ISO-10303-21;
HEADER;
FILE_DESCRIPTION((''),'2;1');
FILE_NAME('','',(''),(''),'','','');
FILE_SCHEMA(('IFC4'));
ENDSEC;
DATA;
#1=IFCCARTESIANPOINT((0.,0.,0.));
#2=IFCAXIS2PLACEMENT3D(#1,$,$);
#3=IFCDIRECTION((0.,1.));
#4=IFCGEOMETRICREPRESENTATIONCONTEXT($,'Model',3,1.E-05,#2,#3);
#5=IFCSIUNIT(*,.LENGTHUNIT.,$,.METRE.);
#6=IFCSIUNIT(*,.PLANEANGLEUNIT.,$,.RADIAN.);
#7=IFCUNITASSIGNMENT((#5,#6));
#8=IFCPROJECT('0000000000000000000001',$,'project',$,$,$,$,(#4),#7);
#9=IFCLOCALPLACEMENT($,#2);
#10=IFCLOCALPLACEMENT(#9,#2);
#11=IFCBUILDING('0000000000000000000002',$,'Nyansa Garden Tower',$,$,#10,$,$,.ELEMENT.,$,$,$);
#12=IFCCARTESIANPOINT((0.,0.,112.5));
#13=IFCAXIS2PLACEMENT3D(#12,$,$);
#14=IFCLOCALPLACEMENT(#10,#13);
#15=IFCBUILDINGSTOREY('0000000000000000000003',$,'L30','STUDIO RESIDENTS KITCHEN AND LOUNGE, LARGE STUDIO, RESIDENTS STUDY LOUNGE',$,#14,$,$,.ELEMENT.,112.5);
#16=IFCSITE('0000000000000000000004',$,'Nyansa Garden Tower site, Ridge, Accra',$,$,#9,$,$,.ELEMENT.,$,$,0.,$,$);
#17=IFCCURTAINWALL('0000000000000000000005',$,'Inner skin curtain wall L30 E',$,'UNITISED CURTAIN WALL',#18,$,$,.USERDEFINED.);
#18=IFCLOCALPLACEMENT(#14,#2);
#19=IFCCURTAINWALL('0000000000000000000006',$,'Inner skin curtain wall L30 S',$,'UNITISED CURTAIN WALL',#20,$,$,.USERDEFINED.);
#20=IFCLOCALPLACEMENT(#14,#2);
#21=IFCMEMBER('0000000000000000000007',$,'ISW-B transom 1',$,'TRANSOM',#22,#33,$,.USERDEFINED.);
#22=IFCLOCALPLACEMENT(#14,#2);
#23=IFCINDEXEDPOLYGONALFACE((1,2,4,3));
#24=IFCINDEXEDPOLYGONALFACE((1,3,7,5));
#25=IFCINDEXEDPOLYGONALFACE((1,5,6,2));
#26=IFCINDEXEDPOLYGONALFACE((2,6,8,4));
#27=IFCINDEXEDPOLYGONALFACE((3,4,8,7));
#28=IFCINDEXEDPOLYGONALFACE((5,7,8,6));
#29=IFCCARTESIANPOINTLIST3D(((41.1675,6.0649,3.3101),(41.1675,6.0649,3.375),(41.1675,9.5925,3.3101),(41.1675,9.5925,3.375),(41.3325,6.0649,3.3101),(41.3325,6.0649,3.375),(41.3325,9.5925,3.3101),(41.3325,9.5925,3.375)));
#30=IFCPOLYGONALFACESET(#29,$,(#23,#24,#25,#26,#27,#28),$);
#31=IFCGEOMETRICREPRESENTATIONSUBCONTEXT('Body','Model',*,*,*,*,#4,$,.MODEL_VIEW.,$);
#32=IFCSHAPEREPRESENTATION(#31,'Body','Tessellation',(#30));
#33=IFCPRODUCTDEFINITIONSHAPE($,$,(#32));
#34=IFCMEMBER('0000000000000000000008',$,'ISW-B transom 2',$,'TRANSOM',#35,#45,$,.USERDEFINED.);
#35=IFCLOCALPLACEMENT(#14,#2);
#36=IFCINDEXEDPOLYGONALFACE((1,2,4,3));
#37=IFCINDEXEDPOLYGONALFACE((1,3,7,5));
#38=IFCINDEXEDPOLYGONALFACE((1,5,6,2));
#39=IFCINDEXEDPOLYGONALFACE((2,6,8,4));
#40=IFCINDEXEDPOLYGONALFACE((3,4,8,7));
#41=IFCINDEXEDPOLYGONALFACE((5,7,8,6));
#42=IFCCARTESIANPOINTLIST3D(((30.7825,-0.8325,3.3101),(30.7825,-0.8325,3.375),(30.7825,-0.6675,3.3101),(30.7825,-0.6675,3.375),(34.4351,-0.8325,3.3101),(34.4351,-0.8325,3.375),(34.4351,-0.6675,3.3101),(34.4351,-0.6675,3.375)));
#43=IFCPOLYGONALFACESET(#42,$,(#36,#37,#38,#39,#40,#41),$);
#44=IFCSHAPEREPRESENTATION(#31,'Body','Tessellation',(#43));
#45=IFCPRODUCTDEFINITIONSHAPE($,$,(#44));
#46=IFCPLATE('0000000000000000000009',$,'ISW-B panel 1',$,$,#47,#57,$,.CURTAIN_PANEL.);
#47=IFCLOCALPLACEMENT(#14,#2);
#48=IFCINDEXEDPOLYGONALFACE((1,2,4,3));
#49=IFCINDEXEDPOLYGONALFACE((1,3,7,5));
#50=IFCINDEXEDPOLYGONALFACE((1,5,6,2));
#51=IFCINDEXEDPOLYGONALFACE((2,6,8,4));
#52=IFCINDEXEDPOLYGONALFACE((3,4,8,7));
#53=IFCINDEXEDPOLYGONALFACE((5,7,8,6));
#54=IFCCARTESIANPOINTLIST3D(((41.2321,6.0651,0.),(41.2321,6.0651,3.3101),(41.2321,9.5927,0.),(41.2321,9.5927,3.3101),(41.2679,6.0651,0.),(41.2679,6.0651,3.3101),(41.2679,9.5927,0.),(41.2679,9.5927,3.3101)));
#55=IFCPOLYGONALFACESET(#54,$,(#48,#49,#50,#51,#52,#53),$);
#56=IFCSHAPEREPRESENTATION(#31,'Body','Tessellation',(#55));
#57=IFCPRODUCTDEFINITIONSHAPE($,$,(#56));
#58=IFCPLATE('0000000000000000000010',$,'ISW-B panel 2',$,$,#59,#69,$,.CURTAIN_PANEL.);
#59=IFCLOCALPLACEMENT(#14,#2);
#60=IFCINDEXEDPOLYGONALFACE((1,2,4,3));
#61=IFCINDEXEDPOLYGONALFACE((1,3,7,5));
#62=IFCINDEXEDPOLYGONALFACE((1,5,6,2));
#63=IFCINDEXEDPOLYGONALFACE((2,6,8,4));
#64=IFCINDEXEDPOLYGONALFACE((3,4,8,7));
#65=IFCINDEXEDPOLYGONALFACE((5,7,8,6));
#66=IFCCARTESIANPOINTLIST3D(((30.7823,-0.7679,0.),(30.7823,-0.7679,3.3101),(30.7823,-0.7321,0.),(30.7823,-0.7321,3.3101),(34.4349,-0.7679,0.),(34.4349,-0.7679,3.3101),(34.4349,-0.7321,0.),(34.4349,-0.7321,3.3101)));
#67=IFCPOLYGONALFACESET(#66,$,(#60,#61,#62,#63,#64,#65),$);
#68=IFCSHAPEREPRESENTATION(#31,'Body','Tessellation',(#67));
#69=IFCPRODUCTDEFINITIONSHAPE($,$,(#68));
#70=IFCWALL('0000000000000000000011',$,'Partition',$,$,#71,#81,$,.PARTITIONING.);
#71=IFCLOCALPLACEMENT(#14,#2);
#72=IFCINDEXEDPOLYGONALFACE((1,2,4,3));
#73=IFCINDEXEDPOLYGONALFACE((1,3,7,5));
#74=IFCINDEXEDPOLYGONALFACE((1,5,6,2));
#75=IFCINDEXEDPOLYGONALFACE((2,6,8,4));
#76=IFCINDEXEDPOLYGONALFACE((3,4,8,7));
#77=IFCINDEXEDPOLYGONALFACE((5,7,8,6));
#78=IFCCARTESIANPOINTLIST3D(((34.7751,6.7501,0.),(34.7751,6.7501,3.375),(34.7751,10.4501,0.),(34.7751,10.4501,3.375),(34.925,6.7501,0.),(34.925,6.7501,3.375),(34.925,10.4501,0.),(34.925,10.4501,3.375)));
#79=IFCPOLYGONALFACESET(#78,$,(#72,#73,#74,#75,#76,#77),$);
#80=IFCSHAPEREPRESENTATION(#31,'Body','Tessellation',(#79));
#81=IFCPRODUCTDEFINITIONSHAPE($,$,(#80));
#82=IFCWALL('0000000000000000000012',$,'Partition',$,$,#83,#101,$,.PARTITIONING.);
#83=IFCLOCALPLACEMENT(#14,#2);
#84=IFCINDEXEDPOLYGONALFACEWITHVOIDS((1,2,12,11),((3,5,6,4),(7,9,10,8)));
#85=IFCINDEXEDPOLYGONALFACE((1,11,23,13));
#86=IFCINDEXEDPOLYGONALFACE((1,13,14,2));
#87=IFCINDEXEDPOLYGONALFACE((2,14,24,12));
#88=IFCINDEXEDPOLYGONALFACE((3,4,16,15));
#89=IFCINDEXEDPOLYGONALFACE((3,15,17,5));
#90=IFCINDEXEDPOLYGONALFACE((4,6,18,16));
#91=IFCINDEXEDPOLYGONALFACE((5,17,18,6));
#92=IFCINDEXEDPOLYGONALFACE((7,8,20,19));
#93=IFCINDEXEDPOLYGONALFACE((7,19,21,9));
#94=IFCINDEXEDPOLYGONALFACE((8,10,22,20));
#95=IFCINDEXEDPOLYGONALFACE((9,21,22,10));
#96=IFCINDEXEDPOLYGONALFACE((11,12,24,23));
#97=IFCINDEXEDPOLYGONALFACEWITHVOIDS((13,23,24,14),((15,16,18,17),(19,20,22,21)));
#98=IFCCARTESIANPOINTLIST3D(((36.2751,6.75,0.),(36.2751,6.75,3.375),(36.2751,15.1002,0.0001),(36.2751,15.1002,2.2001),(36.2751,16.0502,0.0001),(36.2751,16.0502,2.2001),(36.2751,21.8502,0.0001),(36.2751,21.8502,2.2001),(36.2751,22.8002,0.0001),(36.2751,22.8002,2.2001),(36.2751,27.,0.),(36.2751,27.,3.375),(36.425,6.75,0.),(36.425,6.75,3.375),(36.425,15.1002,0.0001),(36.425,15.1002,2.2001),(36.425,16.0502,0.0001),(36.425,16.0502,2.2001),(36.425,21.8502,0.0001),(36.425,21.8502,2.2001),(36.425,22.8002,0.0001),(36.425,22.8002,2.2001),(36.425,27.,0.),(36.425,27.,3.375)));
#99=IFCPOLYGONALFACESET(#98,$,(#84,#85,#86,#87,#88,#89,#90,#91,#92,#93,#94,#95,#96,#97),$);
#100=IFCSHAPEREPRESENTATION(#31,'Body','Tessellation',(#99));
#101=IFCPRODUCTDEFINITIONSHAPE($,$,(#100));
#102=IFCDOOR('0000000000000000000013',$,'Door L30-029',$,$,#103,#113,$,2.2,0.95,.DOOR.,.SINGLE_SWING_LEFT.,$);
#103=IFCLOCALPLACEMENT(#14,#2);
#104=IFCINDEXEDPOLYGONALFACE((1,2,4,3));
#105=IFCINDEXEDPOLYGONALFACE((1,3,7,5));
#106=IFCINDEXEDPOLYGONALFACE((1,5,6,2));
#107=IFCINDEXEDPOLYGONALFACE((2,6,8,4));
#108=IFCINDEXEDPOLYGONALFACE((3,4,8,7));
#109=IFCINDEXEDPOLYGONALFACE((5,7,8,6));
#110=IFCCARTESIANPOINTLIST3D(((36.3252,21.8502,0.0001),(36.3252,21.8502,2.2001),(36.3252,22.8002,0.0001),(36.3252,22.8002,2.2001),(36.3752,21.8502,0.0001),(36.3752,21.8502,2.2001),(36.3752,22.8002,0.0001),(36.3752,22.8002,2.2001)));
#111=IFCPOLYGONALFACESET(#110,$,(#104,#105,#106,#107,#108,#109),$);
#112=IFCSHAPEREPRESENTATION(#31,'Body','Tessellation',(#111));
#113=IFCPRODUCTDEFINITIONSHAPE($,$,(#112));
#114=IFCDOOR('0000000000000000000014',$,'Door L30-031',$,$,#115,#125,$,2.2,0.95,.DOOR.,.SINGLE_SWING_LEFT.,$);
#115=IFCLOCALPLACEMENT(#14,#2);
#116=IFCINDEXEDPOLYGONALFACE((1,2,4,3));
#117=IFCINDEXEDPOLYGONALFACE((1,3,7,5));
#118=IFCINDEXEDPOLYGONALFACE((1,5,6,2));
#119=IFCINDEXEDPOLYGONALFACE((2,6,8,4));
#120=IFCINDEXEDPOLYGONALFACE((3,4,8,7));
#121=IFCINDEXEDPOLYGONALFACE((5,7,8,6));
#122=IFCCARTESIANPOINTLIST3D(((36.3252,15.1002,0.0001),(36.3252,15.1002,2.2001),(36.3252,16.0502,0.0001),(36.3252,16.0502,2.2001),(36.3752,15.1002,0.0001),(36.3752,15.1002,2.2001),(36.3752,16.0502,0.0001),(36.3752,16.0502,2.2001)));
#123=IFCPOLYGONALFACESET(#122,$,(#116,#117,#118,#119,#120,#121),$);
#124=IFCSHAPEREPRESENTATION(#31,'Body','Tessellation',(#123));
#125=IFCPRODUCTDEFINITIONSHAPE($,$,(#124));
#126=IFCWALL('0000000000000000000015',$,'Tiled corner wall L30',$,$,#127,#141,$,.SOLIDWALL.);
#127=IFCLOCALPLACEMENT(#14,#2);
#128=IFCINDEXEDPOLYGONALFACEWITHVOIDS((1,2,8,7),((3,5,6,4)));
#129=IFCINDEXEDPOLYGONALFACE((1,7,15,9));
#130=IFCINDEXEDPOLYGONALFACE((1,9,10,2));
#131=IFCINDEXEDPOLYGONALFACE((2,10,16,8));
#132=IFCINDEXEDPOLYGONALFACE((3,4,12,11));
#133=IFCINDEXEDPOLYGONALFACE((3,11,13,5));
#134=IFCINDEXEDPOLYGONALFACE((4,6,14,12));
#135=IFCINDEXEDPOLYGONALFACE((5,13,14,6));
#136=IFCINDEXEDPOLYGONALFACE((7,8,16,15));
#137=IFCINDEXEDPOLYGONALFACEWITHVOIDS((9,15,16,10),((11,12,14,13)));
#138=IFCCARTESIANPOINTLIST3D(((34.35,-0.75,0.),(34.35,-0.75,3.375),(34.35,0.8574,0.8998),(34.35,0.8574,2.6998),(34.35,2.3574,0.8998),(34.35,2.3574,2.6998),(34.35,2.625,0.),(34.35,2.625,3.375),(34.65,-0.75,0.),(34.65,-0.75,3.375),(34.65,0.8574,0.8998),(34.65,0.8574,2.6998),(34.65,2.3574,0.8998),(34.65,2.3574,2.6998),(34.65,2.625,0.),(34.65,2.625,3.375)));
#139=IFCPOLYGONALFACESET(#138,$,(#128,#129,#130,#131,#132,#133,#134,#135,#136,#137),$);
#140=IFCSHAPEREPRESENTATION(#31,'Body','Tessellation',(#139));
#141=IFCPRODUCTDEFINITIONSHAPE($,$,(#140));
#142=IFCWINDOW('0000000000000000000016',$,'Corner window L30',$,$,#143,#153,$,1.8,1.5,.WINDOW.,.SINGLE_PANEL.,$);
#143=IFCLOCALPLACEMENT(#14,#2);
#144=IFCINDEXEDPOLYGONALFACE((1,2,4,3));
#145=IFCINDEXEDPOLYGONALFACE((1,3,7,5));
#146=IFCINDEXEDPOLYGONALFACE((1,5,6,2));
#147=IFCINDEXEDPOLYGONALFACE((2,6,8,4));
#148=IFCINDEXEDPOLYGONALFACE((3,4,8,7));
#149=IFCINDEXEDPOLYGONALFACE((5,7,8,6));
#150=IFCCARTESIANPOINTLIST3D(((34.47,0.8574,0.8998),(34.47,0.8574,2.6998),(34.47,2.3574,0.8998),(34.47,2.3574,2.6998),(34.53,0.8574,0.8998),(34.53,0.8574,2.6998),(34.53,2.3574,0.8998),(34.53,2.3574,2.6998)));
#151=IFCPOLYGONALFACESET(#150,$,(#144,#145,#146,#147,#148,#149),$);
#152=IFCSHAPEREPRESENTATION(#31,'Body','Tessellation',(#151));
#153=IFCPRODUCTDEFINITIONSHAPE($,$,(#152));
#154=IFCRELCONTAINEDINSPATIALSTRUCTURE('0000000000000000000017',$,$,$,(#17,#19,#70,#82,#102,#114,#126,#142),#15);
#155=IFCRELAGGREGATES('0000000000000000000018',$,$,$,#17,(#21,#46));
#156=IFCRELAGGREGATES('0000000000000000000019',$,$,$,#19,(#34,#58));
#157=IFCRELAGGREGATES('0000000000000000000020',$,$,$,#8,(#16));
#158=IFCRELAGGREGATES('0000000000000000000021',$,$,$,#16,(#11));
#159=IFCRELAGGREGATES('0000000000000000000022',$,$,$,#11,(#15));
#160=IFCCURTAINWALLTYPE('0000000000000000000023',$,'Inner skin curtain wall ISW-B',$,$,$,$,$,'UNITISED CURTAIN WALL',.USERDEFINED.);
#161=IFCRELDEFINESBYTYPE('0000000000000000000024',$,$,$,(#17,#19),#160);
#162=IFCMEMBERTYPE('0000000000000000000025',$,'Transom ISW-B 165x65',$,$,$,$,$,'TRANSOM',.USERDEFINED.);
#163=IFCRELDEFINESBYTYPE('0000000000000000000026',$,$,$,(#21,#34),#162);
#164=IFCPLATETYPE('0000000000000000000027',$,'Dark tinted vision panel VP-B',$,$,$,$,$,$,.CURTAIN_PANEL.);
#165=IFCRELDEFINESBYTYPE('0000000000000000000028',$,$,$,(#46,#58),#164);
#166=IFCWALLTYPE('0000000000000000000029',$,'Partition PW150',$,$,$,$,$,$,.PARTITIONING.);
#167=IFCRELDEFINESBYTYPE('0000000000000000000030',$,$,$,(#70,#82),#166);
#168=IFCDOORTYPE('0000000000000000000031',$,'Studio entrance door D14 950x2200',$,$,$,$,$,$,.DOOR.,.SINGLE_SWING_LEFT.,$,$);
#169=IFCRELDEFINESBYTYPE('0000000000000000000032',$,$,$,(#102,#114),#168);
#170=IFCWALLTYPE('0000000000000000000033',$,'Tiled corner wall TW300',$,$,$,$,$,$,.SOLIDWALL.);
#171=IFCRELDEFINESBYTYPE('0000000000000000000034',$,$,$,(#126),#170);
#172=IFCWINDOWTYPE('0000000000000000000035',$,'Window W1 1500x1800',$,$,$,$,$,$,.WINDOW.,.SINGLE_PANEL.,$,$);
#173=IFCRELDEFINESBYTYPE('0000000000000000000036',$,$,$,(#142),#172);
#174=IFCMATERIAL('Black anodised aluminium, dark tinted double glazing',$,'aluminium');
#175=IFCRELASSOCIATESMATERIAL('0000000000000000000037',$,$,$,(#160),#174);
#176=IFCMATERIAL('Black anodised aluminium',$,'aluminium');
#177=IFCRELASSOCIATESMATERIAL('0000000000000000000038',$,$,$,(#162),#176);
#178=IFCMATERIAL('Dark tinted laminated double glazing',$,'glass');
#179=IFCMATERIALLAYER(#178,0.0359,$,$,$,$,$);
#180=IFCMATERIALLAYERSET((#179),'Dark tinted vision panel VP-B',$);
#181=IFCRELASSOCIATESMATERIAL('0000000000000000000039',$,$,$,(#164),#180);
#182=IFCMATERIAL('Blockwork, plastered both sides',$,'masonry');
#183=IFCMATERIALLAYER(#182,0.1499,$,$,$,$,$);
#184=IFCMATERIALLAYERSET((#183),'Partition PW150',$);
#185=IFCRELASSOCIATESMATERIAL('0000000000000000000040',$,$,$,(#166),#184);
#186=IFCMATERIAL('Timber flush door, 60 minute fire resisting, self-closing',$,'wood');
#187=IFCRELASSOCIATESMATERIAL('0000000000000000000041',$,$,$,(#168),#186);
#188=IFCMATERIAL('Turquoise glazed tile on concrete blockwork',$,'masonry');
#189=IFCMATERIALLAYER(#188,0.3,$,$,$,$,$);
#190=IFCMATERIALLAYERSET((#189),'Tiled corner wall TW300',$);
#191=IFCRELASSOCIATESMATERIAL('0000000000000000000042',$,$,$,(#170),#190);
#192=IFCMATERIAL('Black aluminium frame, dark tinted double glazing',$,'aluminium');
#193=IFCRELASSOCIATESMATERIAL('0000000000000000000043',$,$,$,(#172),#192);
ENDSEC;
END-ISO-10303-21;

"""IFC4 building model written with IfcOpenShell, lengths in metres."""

from ifc_helpers import new_model, si_unit, direction, frame, frame_2d, origin, origin_2d, place, context, subcontext, project, spatial, rectangle, extrude, material, layer, layer_set, material_profile, profile_set, type_object, element, fill, aggregate, save


model = new_model("IFC4")

# Units and contexts
model_context = context("Model", 3, precision=1e-05, world=origin(), true_north=direction((0.0, 1.0)))
body_context = subcontext(model_context, "Body", "Model", "MODEL_VIEW")
ifc_project = project(units=[si_unit("LENGTHUNIT", "METRE"), si_unit("PLANEANGLEUNIT", "RADIAN")], contexts=[model_context])

# Site, building, storey
site_placement = place(None, origin())
site = spatial("IfcSite", under=ifc_project, at=site_placement, Name="Nyansa Garden Tower site, Ridge, Accra", CompositionType="ELEMENT", RefElevation=0.0)
building_placement = place(site_placement, origin())
building = spatial("IfcBuilding", under=site, at=building_placement, Name="Nyansa Garden Tower", CompositionType="ELEMENT")
storey_placement = place(building_placement, frame((0.0, 0.0, 112.5)))
storey = spatial("IfcBuildingStorey", under=building, at=storey_placement, Name="L30", Description="STUDIO RESIDENTS KITCHEN AND LOUNGE, LARGE STUDIO, RESIDENTS STUDY LOUNGE", CompositionType="ELEMENT", Elevation=112.5)

# Curtain walls
ifc_material_1 = material(Name="Black anodised aluminium, dark tinted double glazing", Category="aluminium")
curtain_wall_type = type_object("IfcCurtainWallType", Name="Inner skin curtain wall ISW-B", ElementType="UNITISED CURTAIN WALL", PredefinedType="USERDEFINED", material=ifc_material_1)
curtain_wall_1_placement = place(storey_placement, origin())
curtain_wall_1 = element("IfcCurtainWall", 1, at=curtain_wall_1_placement, inside=storey, type_object=curtain_wall_type, Name="Inner skin curtain wall L30 E", ObjectType="UNITISED CURTAIN WALL", PredefinedType="USERDEFINED")
curtain_wall_2_placement = place(storey_placement, origin())
curtain_wall_2 = element("IfcCurtainWall", 2, at=curtain_wall_2_placement, inside=storey, type_object=curtain_wall_type, Name="Inner skin curtain wall L30 S", ObjectType="UNITISED CURTAIN WALL", PredefinedType="USERDEFINED")

# Members
ifc_material_2 = material(Name="Black anodised aluminium", Category="aluminium")
ifc_material_profile_1 = material_profile(ifc_material_2, rectangle(XDim=0.165, YDim=0.0649, at=origin_2d()), Name="Transom 165x65")
ifc_profile_set_1 = profile_set([ifc_material_profile_1], Name="Black anodised aluminium")
member_type_1 = type_object("IfcMemberType", Name="Transom ISW-B 165x65", ElementType="TRANSOM", PredefinedType="USERDEFINED", material=ifc_profile_set_1)
member_1_placement = place(storey_placement, frame((41.25, 6.0649, 3.3425), z_axis=(0.0, 1.0, 0.0), x_axis=(-1.0, 0.0, 0.0)))
member_1 = element("IfcMember", 3, at=member_1_placement, type_object=member_type_1, Name="ISW-B transom 1", ObjectType="TRANSOM", PredefinedType="USERDEFINED", context=body_context, shape_type="SweptSolid", body=[
    extrude(rectangle(XDim=0.165, YDim=0.0649, at=origin_2d()), origin(), (0.0, 0.0, 1.0), 3.5276),
])
member_2_placement = place(storey_placement, frame((30.7825, -0.75, 3.3425), z_axis=(1.0, 0.0, 0.0), x_axis=(0.0, 1.0, 0.0)))
member_2 = element("IfcMember", 4, at=member_2_placement, type_object=member_type_1, Name="ISW-B transom 2", ObjectType="TRANSOM", PredefinedType="USERDEFINED", context=body_context, shape_type="SweptSolid", body=[
    extrude(rectangle(XDim=0.165, YDim=0.0649, at=origin_2d()), origin(), (0.0, 0.0, 1.0), 3.6526),
])

# Plates
ifc_material_3 = material(Name="Dark tinted laminated double glazing", Category="glass")
ifc_layer_1 = layer(ifc_material_3, 0.0359)
ifc_layer_set_1 = layer_set([ifc_layer_1], Name="Dark tinted vision panel VP-B")
plate_type = type_object("IfcPlateType", Name="Dark tinted vision panel VP-B", PredefinedType="CURTAIN_PANEL", material=ifc_layer_set_1)
plate_1_placement = place(storey_placement, frame((41.25, 7.8289, 0.0), z_axis=(0.0, 0.0, 1.0), x_axis=(0.0, 1.0, 0.0)))
plate_1 = element("IfcPlate", 5, at=plate_1_placement, type_object=plate_type, Name="ISW-B panel 1", PredefinedType="CURTAIN_PANEL", context=body_context, shape_type="SweptSolid", body=[
    extrude(rectangle(XDim=3.5276, YDim=0.0359, at=origin_2d()), origin(), (0.0, 0.0, 1.0), 3.3101),
])
aggregate(curtain_wall_1, [member_1, plate_1])
plate_2_placement = place(storey_placement, frame((32.6086, -0.75, 0.0), z_axis=(0.0, 0.0, 1.0), x_axis=(1.0, 0.0, 0.0)))
plate_2 = element("IfcPlate", 6, at=plate_2_placement, type_object=plate_type, Name="ISW-B panel 2", PredefinedType="CURTAIN_PANEL", context=body_context, shape_type="SweptSolid", body=[
    extrude(rectangle(XDim=3.6526, YDim=0.0359, at=origin_2d()), origin(), (0.0, 0.0, 1.0), 3.3101),
])
aggregate(curtain_wall_2, [member_2, plate_2])

# Wall
ifc_material_4 = material(Name="Blockwork, plastered both sides", Category="masonry")
ifc_layer_2 = layer(ifc_material_4, 0.1499)
ifc_layer_set_2 = layer_set([ifc_layer_2], Name="Partition PW150")
wall_type_1 = type_object("IfcWallType", Name="Partition PW150", PredefinedType="PARTITIONING", material=ifc_layer_set_2)
wall_1_placement = place(storey_placement, frame((34.8501, 6.75, 0.0), z_axis=(0.0, 0.0, 1.0), x_axis=(0.0, 1.0, 0.0)))
element("IfcWall", 7, at=wall_1_placement, inside=storey, type_object=wall_type_1, Name="Partition", PredefinedType="PARTITIONING", context=body_context, shape_type="SweptSolid", body=[
    extrude(rectangle(XDim=3.7, YDim=0.1499, at=frame_2d((1.8501, 0.0))), origin(), (0.0, 0.0, 1.0), 3.375),
])

# Wall, openings, doors
wall_2_placement = place(storey_placement, frame((36.3501, 6.75, 0.0), z_axis=(0.0, 0.0, 1.0), x_axis=(0.0, 1.0, 0.0)))
wall_2 = element("IfcWall", 8, at=wall_2_placement, inside=storey, type_object=wall_type_1, Name="Partition", PredefinedType="PARTITIONING", context=body_context, shape_type="SweptSolid", body=[
    extrude(rectangle(XDim=20.25, YDim=0.1499, at=frame_2d((10.125, 0.0))), origin(), (0.0, 0.0, 1.0), 3.375),
])
opening_1_placement = place(wall_2_placement, frame((15.1001, 0.0, 0.0)))
opening_1 = element("IfcOpeningElement", 9, at=opening_1_placement, cuts=wall_2, PredefinedType="OPENING", context=body_context, shape_type="SweptSolid", body=[
    extrude(rectangle(XDim=0.95, YDim=2.2, at=frame_2d((0.4751, 1.1001))), frame((0.0, 0.085, 0.0), z_axis=(0.0, -1.0, 0.0), x_axis=(1.0, 0.0, 0.0)), (0.0, 0.0, 1.0), 0.1699),
])
opening_2_placement = place(wall_2_placement, frame((8.3501, 0.0, 0.0)))
opening_2 = element("IfcOpeningElement", 10, at=opening_2_placement, cuts=wall_2, PredefinedType="OPENING", context=body_context, shape_type="SweptSolid", body=[
    extrude(rectangle(XDim=0.95, YDim=2.2, at=frame_2d((0.4751, 1.1001))), frame((0.0, 0.085, 0.0), z_axis=(0.0, -1.0, 0.0), x_axis=(1.0, 0.0, 0.0)), (0.0, 0.0, 1.0), 0.1699),
])
ifc_material_5 = material(Name="Timber flush door, 60 minute fire resisting, self-closing", Category="wood")
door_type = type_object("IfcDoorType", Name="Studio entrance door D14 950x2200", OperationType="SINGLE_SWING_LEFT", PredefinedType="DOOR", material=ifc_material_5)
door_1_placement = place(opening_1_placement, origin())
door_1 = element("IfcDoor", 11, at=door_1_placement, inside=storey, type_object=door_type, Name="Door L30-029", OperationType="SINGLE_SWING_LEFT", OverallHeight=2.2, OverallWidth=0.95, PredefinedType="DOOR", context=body_context, shape_type="SweptSolid", body=[
    extrude(rectangle(XDim=0.95, YDim=2.2, at=frame_2d((0.4751, 1.1001))), frame((0.0, 0.0249, 0.0), z_axis=(0.0, -1.0, 0.0), x_axis=(1.0, 0.0, 0.0)), (0.0, 0.0, 1.0), 0.05),
])
fill(opening_1, door_1)
door_2_placement = place(opening_2_placement, origin())
door_2 = element("IfcDoor", 12, at=door_2_placement, inside=storey, type_object=door_type, Name="Door L30-031", OperationType="SINGLE_SWING_LEFT", OverallHeight=2.2, OverallWidth=0.95, PredefinedType="DOOR", context=body_context, shape_type="SweptSolid", body=[
    extrude(rectangle(XDim=0.95, YDim=2.2, at=frame_2d((0.4751, 1.1001))), frame((0.0, 0.0249, 0.0), z_axis=(0.0, -1.0, 0.0), x_axis=(1.0, 0.0, 0.0)), (0.0, 0.0, 1.0), 0.05),
])
fill(opening_2, door_2)

# Wall, opening, window
ifc_material_6 = material(Name="Turquoise glazed tile on concrete blockwork", Category="masonry")
ifc_layer_3 = layer(ifc_material_6, 0.3)
ifc_layer_set_3 = layer_set([ifc_layer_3], Name="Tiled corner wall TW300")
wall_type_2 = type_object("IfcWallType", Name="Tiled corner wall TW300", PredefinedType="SOLIDWALL", material=ifc_layer_set_3)
wall_3_placement = place(storey_placement, frame((34.5, -0.75, 0.0), z_axis=(0.0, 0.0, 1.0), x_axis=(0.0, 1.0, 0.0)))
wall_3 = element("IfcWall", 13, at=wall_3_placement, inside=storey, type_object=wall_type_2, Name="Tiled corner wall L30", PredefinedType="SOLIDWALL", context=body_context, shape_type="SweptSolid", body=[
    extrude(rectangle(XDim=3.375, YDim=0.3, at=frame_2d((1.6875, 0.0))), origin(), (0.0, 0.0, 1.0), 3.375),
])
opening_3_placement = place(wall_3_placement, frame((1.6074, 0.0, 0.8999)))
opening_3 = element("IfcOpeningElement", 14, at=opening_3_placement, cuts=wall_3, PredefinedType="OPENING", context=body_context, shape_type="SweptSolid", body=[
    extrude(rectangle(XDim=1.5, YDim=1.8, at=frame_2d((0.75, 0.8999))), frame((0.0, 0.1599, 0.0), z_axis=(0.0, -1.0, 0.0), x_axis=(1.0, 0.0, 0.0)), (0.0, 0.0, 1.0), 0.3201),
])
ifc_material_7 = material(Name="Black aluminium frame, dark tinted double glazing", Category="aluminium")
window_type_1 = type_object("IfcWindowType", Name="Window W1 1500x1800", PartitioningType="SINGLE_PANEL", PredefinedType="WINDOW", material=ifc_material_7)
window_1_placement = place(opening_3_placement, origin())
window_1 = element("IfcWindow", 15, at=window_1_placement, inside=storey, type_object=window_type_1, Name="Corner window L30", OverallHeight=1.8, OverallWidth=1.5, PartitioningType="SINGLE_PANEL", PredefinedType="WINDOW", context=body_context, shape_type="SweptSolid", body=[
    extrude(rectangle(XDim=1.5, YDim=1.8, at=frame_2d((0.75, 0.8999))), frame((0.0, 0.03, 0.0), z_axis=(0.0, -1.0, 0.0), x_axis=(1.0, 0.0, 0.0)), (0.0, 0.0, 1.0), 0.0601),
])
fill(opening_3, window_1)

save(model, "model.ifc")
